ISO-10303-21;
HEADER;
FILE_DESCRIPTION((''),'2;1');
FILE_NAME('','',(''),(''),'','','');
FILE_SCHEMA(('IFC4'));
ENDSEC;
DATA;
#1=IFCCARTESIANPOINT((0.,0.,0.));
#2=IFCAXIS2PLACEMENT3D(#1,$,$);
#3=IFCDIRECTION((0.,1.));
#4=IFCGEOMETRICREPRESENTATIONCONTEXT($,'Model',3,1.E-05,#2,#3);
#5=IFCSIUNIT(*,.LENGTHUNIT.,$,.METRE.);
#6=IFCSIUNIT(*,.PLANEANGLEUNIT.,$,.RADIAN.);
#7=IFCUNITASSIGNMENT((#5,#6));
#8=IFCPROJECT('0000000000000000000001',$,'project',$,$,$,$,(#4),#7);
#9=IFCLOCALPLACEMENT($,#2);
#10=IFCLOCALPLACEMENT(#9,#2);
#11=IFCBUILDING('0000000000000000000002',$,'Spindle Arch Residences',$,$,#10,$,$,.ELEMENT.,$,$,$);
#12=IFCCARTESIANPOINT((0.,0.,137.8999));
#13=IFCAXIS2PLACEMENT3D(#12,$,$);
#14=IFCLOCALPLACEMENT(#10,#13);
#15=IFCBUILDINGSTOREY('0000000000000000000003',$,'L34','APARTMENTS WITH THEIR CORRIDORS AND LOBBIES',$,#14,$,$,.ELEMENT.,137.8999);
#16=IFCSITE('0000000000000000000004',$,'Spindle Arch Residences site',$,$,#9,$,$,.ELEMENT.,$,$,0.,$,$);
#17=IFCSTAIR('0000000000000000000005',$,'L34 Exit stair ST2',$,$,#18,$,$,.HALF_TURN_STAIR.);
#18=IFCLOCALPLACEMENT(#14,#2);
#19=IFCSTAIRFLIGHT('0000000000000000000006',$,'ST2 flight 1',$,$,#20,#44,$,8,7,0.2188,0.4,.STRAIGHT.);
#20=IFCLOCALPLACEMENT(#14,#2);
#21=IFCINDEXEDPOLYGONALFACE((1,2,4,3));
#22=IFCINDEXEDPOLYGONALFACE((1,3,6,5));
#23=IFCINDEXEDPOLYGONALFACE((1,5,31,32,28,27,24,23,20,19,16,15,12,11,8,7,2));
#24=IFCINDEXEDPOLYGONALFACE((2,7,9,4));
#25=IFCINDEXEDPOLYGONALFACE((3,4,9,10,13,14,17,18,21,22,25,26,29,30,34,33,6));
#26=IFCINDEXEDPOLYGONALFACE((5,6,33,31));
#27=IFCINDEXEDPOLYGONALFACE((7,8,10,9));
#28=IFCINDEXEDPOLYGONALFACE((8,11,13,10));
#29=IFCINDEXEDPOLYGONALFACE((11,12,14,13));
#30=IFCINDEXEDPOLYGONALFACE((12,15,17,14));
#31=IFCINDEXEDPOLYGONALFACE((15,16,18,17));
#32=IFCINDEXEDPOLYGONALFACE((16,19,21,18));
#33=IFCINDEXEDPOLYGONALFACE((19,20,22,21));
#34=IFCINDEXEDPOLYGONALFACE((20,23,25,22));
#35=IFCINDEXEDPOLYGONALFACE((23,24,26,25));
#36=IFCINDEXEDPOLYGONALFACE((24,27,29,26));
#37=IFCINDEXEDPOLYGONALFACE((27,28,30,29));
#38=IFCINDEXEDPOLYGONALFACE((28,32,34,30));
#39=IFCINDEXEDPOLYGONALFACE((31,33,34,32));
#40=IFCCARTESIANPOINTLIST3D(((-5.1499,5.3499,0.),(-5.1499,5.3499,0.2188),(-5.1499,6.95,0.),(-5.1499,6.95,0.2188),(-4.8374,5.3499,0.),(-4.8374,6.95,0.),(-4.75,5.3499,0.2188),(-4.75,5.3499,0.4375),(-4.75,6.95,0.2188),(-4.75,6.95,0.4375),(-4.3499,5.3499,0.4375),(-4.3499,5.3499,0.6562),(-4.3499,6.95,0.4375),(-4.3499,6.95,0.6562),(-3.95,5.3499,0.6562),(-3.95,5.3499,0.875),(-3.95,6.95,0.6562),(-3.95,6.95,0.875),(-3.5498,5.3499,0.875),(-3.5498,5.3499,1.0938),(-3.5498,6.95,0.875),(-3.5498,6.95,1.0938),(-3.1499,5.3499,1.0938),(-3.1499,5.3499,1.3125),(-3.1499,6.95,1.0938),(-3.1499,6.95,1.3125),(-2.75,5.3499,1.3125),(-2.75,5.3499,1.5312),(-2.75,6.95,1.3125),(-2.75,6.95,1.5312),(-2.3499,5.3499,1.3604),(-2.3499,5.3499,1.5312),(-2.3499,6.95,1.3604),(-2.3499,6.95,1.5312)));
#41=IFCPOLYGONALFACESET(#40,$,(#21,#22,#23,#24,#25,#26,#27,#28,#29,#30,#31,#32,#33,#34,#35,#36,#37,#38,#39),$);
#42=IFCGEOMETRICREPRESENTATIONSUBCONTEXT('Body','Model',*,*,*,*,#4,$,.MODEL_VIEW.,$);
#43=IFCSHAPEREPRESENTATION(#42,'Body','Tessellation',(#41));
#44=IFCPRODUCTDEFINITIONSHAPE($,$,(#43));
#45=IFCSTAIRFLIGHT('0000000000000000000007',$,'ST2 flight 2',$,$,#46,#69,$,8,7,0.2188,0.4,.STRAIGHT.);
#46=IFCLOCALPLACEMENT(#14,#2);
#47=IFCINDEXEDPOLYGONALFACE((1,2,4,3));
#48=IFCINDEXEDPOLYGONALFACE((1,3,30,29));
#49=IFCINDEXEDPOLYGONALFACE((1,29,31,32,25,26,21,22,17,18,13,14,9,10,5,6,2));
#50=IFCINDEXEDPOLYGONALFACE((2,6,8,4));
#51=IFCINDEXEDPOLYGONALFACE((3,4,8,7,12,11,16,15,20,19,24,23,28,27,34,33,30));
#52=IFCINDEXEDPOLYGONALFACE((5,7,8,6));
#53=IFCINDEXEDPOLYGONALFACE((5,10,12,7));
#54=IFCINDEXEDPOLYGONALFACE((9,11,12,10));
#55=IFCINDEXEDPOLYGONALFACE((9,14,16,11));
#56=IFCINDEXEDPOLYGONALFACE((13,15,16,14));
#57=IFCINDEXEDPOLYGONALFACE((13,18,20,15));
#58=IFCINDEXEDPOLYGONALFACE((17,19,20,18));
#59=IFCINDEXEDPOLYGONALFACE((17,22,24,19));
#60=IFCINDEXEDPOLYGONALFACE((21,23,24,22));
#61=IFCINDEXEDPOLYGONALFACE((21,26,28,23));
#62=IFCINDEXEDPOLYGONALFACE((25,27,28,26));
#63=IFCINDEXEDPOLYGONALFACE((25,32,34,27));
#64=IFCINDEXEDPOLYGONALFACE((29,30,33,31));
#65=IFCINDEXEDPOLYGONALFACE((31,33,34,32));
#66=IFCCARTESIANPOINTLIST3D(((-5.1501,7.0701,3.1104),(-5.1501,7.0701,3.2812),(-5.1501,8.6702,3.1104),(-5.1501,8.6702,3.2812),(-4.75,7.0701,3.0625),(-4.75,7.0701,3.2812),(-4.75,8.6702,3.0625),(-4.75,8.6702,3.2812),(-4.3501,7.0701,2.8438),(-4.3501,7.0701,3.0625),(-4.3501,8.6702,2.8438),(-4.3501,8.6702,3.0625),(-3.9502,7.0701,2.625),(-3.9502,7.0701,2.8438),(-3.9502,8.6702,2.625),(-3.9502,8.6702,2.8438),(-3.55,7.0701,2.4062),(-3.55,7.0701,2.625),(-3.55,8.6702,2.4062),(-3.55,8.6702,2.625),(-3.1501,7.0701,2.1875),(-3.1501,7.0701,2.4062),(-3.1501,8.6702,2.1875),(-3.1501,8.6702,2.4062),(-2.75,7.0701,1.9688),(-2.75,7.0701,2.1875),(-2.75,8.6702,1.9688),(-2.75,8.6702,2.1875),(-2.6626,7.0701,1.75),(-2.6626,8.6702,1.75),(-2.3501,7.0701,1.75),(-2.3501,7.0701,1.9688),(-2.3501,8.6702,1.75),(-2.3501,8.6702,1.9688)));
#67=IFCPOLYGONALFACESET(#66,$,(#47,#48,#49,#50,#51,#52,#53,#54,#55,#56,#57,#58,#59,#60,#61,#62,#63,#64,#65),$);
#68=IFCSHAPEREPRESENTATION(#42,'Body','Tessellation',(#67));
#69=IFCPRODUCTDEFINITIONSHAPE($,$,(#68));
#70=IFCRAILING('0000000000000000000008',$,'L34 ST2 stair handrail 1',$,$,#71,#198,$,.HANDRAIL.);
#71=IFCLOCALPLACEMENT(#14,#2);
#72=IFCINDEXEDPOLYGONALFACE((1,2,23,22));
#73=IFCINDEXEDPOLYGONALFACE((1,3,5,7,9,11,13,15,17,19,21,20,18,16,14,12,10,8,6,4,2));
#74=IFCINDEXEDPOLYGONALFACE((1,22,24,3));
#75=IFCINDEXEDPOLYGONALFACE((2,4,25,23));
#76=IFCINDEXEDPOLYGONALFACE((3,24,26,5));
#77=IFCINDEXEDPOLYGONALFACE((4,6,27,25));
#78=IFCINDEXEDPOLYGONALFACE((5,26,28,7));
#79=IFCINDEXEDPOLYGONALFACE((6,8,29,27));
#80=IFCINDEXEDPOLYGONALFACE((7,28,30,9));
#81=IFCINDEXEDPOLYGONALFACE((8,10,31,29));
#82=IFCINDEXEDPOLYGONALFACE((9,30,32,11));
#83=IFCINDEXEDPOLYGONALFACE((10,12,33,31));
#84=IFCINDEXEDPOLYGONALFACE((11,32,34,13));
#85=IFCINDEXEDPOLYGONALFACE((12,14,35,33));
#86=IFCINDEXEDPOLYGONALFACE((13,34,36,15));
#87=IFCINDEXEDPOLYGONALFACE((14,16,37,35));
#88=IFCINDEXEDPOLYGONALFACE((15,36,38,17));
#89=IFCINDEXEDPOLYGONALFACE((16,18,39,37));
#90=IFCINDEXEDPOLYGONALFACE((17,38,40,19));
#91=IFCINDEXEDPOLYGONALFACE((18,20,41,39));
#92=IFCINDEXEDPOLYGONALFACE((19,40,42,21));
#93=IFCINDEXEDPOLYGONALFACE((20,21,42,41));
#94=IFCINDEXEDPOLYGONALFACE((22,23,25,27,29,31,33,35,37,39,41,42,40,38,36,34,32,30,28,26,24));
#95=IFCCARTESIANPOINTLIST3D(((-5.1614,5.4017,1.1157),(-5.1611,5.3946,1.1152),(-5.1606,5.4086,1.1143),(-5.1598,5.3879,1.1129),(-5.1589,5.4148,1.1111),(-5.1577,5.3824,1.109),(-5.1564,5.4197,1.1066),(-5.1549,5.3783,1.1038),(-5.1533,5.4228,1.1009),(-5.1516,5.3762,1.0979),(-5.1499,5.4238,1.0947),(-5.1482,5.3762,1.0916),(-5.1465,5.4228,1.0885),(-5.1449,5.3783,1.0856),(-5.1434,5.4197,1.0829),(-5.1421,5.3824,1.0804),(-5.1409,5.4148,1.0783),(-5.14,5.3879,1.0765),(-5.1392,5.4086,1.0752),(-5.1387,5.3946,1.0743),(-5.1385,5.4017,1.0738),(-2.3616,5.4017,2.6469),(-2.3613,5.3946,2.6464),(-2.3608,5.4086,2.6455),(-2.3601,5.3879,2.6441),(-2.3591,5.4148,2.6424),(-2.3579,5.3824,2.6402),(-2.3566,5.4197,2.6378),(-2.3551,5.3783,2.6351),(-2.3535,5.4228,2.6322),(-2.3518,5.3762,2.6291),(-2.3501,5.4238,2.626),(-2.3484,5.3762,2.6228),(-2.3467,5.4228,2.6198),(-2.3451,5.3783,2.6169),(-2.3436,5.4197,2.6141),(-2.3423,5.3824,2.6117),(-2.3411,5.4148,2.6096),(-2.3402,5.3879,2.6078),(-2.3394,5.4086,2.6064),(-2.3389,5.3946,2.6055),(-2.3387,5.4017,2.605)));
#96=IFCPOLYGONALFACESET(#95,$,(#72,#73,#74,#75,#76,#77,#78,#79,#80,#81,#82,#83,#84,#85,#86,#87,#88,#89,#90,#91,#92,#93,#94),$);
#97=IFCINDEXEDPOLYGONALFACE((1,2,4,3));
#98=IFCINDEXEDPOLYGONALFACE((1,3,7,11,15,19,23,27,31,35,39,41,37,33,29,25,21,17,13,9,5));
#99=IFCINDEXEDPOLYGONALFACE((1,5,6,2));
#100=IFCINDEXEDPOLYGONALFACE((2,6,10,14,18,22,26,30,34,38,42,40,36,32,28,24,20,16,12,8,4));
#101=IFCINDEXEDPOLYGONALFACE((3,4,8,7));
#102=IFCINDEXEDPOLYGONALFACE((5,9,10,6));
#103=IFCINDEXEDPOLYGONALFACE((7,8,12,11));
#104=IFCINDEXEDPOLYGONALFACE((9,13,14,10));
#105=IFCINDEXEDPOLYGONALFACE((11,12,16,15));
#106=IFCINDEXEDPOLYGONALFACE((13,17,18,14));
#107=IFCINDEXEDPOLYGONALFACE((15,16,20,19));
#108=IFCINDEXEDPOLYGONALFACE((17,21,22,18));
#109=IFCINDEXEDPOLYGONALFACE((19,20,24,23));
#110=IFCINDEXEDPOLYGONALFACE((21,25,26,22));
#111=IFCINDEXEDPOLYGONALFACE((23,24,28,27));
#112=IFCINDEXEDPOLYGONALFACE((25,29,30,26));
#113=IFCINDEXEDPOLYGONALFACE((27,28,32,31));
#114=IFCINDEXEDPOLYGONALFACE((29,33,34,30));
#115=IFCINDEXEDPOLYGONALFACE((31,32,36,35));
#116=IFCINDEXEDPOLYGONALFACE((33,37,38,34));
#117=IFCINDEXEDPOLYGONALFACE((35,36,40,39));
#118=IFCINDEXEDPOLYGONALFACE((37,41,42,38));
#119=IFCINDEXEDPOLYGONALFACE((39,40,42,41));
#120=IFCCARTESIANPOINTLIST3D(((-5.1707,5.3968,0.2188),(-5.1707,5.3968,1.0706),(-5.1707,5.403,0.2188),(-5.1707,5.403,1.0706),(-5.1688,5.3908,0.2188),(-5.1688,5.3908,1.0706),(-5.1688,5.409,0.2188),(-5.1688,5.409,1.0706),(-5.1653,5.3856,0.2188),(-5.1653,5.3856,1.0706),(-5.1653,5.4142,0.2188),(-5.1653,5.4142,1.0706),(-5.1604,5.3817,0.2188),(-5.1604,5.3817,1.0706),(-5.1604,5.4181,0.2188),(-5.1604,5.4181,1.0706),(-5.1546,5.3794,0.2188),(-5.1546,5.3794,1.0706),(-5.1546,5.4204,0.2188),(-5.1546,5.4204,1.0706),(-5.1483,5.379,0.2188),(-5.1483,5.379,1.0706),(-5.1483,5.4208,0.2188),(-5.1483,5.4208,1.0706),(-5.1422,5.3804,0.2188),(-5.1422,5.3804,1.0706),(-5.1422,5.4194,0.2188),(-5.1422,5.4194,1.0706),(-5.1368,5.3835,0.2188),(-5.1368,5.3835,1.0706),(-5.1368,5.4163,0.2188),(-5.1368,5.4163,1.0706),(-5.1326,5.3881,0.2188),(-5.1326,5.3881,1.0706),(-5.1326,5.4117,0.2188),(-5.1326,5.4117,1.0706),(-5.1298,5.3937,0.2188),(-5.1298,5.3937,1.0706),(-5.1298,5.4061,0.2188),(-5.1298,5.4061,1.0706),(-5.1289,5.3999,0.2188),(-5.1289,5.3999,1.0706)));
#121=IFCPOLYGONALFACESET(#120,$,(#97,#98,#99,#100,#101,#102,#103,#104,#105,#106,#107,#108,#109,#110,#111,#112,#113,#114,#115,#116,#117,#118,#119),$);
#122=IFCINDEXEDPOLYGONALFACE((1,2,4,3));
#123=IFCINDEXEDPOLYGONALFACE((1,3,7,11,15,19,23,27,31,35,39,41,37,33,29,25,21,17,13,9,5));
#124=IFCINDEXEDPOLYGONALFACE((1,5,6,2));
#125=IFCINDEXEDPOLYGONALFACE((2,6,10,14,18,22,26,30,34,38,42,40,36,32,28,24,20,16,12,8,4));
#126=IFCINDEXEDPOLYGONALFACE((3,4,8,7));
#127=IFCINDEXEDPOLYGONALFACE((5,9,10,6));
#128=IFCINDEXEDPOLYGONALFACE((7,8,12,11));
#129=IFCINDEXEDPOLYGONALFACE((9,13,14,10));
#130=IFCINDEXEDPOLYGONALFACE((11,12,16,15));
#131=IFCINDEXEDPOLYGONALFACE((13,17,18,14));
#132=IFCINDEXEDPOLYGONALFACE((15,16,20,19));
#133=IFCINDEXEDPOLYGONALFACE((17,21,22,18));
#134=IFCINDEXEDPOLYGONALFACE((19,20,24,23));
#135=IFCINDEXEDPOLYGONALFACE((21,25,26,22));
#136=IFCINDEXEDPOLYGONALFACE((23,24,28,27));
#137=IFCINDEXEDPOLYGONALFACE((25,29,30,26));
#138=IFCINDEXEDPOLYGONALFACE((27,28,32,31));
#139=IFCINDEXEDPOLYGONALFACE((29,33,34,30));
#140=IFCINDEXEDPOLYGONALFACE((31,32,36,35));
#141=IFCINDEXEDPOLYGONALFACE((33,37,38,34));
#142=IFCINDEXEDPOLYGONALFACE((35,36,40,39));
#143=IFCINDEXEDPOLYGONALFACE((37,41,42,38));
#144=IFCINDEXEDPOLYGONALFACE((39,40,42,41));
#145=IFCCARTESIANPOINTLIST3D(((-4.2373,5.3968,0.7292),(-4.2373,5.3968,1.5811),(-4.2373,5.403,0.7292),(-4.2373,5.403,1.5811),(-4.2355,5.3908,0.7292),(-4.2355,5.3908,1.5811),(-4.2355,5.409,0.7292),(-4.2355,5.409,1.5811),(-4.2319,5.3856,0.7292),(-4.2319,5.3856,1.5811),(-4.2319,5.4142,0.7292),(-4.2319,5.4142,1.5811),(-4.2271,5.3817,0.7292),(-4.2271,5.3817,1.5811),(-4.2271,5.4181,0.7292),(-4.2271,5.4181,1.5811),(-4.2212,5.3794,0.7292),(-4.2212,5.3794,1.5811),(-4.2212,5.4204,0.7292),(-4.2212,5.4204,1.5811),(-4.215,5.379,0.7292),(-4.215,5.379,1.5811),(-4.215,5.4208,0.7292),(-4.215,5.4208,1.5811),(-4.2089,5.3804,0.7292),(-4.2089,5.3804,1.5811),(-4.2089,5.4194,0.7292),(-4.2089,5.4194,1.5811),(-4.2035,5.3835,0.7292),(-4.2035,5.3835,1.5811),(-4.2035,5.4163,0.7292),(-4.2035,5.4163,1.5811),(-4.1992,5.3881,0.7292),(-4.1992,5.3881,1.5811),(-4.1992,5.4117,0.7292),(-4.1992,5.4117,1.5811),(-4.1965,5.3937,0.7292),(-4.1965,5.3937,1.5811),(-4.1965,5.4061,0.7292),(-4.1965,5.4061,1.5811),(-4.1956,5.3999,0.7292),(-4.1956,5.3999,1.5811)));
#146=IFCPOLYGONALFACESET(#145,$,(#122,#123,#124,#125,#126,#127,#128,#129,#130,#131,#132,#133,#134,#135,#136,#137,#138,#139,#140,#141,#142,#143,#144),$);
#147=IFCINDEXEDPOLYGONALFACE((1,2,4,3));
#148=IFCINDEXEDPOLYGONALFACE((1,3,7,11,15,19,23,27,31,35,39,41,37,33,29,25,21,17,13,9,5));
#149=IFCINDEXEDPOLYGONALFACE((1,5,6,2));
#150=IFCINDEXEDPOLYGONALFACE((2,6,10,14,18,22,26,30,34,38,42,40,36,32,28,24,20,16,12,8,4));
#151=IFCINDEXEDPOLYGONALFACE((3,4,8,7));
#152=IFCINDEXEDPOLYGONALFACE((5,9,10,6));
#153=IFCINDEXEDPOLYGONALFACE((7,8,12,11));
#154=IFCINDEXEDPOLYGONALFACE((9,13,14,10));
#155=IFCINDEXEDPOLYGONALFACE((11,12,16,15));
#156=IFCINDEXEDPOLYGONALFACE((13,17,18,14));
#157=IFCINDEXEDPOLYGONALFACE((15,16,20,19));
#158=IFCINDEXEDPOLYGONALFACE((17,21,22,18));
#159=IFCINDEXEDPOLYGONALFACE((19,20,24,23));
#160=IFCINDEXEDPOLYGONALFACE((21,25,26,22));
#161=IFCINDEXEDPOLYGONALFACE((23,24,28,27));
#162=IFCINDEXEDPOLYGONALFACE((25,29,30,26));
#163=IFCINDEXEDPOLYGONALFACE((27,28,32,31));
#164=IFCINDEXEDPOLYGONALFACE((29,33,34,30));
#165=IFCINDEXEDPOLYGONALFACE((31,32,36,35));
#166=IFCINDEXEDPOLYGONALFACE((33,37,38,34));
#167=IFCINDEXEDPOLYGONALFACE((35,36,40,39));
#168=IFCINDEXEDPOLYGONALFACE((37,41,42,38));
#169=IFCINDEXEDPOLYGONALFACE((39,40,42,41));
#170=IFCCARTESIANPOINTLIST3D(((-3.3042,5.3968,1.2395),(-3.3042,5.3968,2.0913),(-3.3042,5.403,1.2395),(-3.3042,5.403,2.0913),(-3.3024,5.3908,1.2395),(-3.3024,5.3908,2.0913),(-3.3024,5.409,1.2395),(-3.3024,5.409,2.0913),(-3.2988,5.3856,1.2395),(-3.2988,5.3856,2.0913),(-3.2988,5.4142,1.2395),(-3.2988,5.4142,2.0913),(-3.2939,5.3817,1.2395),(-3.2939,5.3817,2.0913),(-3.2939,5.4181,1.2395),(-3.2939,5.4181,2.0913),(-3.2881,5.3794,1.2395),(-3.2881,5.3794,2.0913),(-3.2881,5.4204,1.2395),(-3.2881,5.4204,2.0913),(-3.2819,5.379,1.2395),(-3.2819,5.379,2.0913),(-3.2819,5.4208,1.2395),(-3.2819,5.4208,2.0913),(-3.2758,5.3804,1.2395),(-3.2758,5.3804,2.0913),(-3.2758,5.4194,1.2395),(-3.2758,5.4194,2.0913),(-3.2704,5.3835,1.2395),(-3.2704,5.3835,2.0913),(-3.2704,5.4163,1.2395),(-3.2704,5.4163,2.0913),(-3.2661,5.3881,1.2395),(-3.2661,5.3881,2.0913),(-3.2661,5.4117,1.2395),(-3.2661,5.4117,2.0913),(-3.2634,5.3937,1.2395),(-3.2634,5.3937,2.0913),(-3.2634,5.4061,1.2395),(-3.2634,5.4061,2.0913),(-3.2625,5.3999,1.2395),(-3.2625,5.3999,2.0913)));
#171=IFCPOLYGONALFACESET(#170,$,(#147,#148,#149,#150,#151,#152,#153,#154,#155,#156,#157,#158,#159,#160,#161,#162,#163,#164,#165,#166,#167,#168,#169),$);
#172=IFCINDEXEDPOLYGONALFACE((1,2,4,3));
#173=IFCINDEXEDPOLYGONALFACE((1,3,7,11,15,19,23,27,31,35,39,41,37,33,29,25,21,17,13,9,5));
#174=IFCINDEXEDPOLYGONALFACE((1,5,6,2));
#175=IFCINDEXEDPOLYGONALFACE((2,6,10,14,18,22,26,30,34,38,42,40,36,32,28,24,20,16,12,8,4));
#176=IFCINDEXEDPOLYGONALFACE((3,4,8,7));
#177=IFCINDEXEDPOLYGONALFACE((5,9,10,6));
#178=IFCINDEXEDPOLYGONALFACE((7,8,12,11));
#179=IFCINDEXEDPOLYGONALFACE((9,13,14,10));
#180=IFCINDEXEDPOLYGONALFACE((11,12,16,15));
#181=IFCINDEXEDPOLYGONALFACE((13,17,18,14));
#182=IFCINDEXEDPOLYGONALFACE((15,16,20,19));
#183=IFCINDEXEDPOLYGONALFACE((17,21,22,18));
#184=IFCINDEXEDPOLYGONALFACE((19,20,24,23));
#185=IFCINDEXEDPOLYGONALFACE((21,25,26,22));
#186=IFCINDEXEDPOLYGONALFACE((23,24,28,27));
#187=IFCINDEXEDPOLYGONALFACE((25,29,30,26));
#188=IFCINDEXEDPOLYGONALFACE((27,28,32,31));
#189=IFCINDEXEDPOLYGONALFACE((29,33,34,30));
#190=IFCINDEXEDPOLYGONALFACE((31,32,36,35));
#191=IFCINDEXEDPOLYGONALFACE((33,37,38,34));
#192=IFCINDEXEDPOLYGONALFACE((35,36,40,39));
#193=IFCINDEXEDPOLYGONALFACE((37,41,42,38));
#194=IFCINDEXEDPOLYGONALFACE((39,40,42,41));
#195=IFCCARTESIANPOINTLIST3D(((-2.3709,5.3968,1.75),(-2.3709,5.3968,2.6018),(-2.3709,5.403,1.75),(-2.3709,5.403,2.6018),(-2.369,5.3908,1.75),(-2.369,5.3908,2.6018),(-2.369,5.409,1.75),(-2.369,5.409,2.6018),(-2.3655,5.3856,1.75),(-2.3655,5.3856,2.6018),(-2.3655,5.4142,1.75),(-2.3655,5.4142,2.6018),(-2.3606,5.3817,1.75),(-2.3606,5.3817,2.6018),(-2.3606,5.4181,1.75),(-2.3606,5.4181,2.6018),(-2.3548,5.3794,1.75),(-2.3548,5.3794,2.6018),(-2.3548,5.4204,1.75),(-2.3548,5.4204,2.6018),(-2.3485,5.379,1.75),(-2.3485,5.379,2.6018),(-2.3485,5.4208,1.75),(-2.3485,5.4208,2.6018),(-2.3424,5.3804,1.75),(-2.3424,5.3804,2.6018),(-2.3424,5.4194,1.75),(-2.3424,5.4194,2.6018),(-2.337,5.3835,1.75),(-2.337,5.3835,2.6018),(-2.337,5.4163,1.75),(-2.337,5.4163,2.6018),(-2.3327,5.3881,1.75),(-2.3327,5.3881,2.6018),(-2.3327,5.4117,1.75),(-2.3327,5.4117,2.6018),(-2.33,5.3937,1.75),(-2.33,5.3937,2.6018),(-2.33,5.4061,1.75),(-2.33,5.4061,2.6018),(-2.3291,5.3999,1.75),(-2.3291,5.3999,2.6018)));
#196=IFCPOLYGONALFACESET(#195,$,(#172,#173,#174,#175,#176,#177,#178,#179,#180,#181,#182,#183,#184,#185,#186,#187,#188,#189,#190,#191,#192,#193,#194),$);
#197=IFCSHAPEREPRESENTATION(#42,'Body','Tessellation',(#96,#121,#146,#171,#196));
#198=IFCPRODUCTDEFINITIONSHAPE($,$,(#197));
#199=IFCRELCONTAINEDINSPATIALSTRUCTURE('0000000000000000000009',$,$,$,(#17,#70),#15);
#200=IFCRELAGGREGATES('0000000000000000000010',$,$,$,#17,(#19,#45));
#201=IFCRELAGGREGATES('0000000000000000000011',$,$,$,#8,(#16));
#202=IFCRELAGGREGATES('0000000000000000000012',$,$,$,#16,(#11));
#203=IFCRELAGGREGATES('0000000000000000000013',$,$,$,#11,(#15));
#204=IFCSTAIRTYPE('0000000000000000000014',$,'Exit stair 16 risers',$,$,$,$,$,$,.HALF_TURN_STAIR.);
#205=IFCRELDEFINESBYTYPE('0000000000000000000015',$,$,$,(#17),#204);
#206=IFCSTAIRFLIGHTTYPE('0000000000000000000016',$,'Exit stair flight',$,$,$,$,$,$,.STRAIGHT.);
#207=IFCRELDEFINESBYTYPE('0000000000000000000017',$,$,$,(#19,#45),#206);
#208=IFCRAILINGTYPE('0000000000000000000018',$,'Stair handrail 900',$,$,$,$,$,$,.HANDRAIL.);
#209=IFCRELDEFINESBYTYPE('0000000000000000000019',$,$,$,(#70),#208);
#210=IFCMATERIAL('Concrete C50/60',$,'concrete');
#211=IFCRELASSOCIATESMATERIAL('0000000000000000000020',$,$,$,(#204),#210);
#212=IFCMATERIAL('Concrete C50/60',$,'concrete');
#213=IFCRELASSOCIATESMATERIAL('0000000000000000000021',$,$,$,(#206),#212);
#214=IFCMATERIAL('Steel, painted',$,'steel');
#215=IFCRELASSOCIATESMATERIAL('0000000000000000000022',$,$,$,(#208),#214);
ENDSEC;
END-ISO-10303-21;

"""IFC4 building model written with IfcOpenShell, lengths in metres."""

from ifc_helpers import new_model, si_unit, direction, frame, origin, origin_2d, place, context, subcontext, project, spatial, polyline, circle, outline, extrude, material, type_object, element, aggregate, save


model = new_model("IFC4")

# Units and contexts
model_context = context("Model", 3, precision=1e-05, world=origin(), true_north=direction((0.0, 1.0)))
body_context = subcontext(model_context, "Body", "Model", "MODEL_VIEW")
ifc_project = project(units=[si_unit("LENGTHUNIT", "METRE"), si_unit("PLANEANGLEUNIT", "RADIAN")], contexts=[model_context])

# Site, building, storey
site_placement = place(None, origin())
site = spatial("IfcSite", under=ifc_project, at=site_placement, Name="Spindle Arch Residences site", CompositionType="ELEMENT", RefElevation=0.0)
building_placement = place(site_placement, origin())
building = spatial("IfcBuilding", under=site, at=building_placement, Name="Spindle Arch Residences", CompositionType="ELEMENT")
storey_placement = place(building_placement, frame((0.0, 0.0, 137.8999)))
storey = spatial("IfcBuildingStorey", under=building, at=storey_placement, Name="L34", Description="APARTMENTS WITH THEIR CORRIDORS AND LOBBIES", CompositionType="ELEMENT", Elevation=137.8999)

# Stair, stair flights
ifc_material_1 = material(Name="Concrete C50/60", Category="concrete")
stair_type = type_object("IfcStairType", Name="Exit stair 16 risers", PredefinedType="HALF_TURN_STAIR", material=ifc_material_1)
stair_placement = place(storey_placement, origin())
stair = element("IfcStair", 1, at=stair_placement, inside=storey, type_object=stair_type, Name="L34 Exit stair ST2", PredefinedType="HALF_TURN_STAIR")
ifc_material_2 = material(Name="Concrete C50/60", Category="concrete")
stair_flight_type = type_object("IfcStairFlightType", Name="Exit stair flight", PredefinedType="STRAIGHT", material=ifc_material_2)
stair_flight_1_placement = place(storey_placement, frame((-5.1499, 6.1499, 0.0), z_axis=(0.0, 0.0, 1.0), x_axis=(1.0, 0.0, 0.0)))
stair_flight_1 = element("IfcStairFlight", 2, at=stair_flight_1_placement, type_object=stair_flight_type, Name="ST2 flight 1", NumberOfRisers=8, NumberOfTreads=7, PredefinedType="STRAIGHT", RiserHeight=0.2188, TreadLength=0.4, context=body_context, shape_type="SweptSolid", body=[
    extrude(outline(polyline([(0.0, 0.0), (0.0, 0.2188), (0.3999, 0.2188), (0.3999, 0.4375), (0.8, 0.4375), (0.8, 0.6562), (1.2, 0.6562), (1.2, 0.875), (1.6001, 0.875), (1.6001, 1.0938), (2.0, 1.0938), (2.0, 1.3125), (2.3999, 1.3125), (2.3999, 1.5312), (2.8, 1.5312), (2.8, 1.75), (2.8, 1.3604), (0.3125, 0.0), (0.0, 0.0)])), frame((0.0, 0.8, 0.0), z_axis=(0.0, -1.0, 0.0), x_axis=(1.0, 0.0, 0.0)), (0.0, 0.0, 1.0), 1.6001),
])
stair_flight_2_placement = place(storey_placement, frame((-2.3501, 7.8701, 1.75), z_axis=(0.0, 0.0, 1.0), x_axis=(-1.0, 0.0, 0.0)))
stair_flight_2 = element("IfcStairFlight", 3, at=stair_flight_2_placement, type_object=stair_flight_type, Name="ST2 flight 2", NumberOfRisers=8, NumberOfTreads=7, PredefinedType="STRAIGHT", RiserHeight=0.2188, TreadLength=0.4, context=body_context, shape_type="SweptSolid", body=[
    extrude(outline(polyline([(0.0, 0.0), (0.0, 0.2188), (0.3999, 0.2188), (0.3999, 0.4375), (0.8, 0.4375), (0.8, 0.6562), (1.2, 0.6562), (1.2, 0.875), (1.6001, 0.875), (1.6001, 1.0938), (2.0, 1.0938), (2.0, 1.3125), (2.3999, 1.3125), (2.3999, 1.5312), (2.8, 1.5312), (2.8, 1.75), (2.8, 1.3604), (0.3125, 0.0), (0.0, 0.0)])), frame((0.0, 0.8, 0.0), z_axis=(0.0, -1.0, 0.0), x_axis=(1.0, 0.0, 0.0)), (0.0, 0.0, 1.0), 1.6001),
])
aggregate(stair, [stair_flight_1, stair_flight_2])

# Railing
ifc_material_3 = material(Name="Steel, painted", Category="steel")
railing_type_1 = type_object("IfcRailingType", Name="Stair handrail 900", PredefinedType="HANDRAIL", material=ifc_material_3)
railing_1_placement = place(storey_placement, frame((-5.1499, 5.3999, 0.2188)))
element("IfcRailing", 4, at=railing_1_placement, inside=storey, type_object=railing_type_1, Name="L34 ST2 stair handrail 1", PredefinedType="HANDRAIL", context=body_context, shape_type="SweptSolid", body=[
    extrude(circle(Radius=0.0239, at=origin_2d()), frame((0.0, 0.0, 0.876), z_axis=(0.877357, 0.0, 0.479838), x_axis=(0.0, 1.0, 0.0)), (0.0, 0.0, 1.0), 3.1912),
    extrude(circle(Radius=0.021, at=origin_2d()), origin(), (0.0, 0.0, 1.0), 0.8518),
    extrude(circle(Radius=0.021, at=origin_2d()), frame((0.9333, 0.0, 0.5105)), (0.0, 0.0, 1.0), 0.8518),
    extrude(circle(Radius=0.021, at=origin_2d()), frame((1.8665, 0.0, 1.0208)), (0.0, 0.0, 1.0), 0.8518),
    extrude(circle(Radius=0.021, at=origin_2d()), frame((2.7998, 0.0, 1.5312)), (0.0, 0.0, 1.0), 0.8518),
])

save(model, "model.ifc")
